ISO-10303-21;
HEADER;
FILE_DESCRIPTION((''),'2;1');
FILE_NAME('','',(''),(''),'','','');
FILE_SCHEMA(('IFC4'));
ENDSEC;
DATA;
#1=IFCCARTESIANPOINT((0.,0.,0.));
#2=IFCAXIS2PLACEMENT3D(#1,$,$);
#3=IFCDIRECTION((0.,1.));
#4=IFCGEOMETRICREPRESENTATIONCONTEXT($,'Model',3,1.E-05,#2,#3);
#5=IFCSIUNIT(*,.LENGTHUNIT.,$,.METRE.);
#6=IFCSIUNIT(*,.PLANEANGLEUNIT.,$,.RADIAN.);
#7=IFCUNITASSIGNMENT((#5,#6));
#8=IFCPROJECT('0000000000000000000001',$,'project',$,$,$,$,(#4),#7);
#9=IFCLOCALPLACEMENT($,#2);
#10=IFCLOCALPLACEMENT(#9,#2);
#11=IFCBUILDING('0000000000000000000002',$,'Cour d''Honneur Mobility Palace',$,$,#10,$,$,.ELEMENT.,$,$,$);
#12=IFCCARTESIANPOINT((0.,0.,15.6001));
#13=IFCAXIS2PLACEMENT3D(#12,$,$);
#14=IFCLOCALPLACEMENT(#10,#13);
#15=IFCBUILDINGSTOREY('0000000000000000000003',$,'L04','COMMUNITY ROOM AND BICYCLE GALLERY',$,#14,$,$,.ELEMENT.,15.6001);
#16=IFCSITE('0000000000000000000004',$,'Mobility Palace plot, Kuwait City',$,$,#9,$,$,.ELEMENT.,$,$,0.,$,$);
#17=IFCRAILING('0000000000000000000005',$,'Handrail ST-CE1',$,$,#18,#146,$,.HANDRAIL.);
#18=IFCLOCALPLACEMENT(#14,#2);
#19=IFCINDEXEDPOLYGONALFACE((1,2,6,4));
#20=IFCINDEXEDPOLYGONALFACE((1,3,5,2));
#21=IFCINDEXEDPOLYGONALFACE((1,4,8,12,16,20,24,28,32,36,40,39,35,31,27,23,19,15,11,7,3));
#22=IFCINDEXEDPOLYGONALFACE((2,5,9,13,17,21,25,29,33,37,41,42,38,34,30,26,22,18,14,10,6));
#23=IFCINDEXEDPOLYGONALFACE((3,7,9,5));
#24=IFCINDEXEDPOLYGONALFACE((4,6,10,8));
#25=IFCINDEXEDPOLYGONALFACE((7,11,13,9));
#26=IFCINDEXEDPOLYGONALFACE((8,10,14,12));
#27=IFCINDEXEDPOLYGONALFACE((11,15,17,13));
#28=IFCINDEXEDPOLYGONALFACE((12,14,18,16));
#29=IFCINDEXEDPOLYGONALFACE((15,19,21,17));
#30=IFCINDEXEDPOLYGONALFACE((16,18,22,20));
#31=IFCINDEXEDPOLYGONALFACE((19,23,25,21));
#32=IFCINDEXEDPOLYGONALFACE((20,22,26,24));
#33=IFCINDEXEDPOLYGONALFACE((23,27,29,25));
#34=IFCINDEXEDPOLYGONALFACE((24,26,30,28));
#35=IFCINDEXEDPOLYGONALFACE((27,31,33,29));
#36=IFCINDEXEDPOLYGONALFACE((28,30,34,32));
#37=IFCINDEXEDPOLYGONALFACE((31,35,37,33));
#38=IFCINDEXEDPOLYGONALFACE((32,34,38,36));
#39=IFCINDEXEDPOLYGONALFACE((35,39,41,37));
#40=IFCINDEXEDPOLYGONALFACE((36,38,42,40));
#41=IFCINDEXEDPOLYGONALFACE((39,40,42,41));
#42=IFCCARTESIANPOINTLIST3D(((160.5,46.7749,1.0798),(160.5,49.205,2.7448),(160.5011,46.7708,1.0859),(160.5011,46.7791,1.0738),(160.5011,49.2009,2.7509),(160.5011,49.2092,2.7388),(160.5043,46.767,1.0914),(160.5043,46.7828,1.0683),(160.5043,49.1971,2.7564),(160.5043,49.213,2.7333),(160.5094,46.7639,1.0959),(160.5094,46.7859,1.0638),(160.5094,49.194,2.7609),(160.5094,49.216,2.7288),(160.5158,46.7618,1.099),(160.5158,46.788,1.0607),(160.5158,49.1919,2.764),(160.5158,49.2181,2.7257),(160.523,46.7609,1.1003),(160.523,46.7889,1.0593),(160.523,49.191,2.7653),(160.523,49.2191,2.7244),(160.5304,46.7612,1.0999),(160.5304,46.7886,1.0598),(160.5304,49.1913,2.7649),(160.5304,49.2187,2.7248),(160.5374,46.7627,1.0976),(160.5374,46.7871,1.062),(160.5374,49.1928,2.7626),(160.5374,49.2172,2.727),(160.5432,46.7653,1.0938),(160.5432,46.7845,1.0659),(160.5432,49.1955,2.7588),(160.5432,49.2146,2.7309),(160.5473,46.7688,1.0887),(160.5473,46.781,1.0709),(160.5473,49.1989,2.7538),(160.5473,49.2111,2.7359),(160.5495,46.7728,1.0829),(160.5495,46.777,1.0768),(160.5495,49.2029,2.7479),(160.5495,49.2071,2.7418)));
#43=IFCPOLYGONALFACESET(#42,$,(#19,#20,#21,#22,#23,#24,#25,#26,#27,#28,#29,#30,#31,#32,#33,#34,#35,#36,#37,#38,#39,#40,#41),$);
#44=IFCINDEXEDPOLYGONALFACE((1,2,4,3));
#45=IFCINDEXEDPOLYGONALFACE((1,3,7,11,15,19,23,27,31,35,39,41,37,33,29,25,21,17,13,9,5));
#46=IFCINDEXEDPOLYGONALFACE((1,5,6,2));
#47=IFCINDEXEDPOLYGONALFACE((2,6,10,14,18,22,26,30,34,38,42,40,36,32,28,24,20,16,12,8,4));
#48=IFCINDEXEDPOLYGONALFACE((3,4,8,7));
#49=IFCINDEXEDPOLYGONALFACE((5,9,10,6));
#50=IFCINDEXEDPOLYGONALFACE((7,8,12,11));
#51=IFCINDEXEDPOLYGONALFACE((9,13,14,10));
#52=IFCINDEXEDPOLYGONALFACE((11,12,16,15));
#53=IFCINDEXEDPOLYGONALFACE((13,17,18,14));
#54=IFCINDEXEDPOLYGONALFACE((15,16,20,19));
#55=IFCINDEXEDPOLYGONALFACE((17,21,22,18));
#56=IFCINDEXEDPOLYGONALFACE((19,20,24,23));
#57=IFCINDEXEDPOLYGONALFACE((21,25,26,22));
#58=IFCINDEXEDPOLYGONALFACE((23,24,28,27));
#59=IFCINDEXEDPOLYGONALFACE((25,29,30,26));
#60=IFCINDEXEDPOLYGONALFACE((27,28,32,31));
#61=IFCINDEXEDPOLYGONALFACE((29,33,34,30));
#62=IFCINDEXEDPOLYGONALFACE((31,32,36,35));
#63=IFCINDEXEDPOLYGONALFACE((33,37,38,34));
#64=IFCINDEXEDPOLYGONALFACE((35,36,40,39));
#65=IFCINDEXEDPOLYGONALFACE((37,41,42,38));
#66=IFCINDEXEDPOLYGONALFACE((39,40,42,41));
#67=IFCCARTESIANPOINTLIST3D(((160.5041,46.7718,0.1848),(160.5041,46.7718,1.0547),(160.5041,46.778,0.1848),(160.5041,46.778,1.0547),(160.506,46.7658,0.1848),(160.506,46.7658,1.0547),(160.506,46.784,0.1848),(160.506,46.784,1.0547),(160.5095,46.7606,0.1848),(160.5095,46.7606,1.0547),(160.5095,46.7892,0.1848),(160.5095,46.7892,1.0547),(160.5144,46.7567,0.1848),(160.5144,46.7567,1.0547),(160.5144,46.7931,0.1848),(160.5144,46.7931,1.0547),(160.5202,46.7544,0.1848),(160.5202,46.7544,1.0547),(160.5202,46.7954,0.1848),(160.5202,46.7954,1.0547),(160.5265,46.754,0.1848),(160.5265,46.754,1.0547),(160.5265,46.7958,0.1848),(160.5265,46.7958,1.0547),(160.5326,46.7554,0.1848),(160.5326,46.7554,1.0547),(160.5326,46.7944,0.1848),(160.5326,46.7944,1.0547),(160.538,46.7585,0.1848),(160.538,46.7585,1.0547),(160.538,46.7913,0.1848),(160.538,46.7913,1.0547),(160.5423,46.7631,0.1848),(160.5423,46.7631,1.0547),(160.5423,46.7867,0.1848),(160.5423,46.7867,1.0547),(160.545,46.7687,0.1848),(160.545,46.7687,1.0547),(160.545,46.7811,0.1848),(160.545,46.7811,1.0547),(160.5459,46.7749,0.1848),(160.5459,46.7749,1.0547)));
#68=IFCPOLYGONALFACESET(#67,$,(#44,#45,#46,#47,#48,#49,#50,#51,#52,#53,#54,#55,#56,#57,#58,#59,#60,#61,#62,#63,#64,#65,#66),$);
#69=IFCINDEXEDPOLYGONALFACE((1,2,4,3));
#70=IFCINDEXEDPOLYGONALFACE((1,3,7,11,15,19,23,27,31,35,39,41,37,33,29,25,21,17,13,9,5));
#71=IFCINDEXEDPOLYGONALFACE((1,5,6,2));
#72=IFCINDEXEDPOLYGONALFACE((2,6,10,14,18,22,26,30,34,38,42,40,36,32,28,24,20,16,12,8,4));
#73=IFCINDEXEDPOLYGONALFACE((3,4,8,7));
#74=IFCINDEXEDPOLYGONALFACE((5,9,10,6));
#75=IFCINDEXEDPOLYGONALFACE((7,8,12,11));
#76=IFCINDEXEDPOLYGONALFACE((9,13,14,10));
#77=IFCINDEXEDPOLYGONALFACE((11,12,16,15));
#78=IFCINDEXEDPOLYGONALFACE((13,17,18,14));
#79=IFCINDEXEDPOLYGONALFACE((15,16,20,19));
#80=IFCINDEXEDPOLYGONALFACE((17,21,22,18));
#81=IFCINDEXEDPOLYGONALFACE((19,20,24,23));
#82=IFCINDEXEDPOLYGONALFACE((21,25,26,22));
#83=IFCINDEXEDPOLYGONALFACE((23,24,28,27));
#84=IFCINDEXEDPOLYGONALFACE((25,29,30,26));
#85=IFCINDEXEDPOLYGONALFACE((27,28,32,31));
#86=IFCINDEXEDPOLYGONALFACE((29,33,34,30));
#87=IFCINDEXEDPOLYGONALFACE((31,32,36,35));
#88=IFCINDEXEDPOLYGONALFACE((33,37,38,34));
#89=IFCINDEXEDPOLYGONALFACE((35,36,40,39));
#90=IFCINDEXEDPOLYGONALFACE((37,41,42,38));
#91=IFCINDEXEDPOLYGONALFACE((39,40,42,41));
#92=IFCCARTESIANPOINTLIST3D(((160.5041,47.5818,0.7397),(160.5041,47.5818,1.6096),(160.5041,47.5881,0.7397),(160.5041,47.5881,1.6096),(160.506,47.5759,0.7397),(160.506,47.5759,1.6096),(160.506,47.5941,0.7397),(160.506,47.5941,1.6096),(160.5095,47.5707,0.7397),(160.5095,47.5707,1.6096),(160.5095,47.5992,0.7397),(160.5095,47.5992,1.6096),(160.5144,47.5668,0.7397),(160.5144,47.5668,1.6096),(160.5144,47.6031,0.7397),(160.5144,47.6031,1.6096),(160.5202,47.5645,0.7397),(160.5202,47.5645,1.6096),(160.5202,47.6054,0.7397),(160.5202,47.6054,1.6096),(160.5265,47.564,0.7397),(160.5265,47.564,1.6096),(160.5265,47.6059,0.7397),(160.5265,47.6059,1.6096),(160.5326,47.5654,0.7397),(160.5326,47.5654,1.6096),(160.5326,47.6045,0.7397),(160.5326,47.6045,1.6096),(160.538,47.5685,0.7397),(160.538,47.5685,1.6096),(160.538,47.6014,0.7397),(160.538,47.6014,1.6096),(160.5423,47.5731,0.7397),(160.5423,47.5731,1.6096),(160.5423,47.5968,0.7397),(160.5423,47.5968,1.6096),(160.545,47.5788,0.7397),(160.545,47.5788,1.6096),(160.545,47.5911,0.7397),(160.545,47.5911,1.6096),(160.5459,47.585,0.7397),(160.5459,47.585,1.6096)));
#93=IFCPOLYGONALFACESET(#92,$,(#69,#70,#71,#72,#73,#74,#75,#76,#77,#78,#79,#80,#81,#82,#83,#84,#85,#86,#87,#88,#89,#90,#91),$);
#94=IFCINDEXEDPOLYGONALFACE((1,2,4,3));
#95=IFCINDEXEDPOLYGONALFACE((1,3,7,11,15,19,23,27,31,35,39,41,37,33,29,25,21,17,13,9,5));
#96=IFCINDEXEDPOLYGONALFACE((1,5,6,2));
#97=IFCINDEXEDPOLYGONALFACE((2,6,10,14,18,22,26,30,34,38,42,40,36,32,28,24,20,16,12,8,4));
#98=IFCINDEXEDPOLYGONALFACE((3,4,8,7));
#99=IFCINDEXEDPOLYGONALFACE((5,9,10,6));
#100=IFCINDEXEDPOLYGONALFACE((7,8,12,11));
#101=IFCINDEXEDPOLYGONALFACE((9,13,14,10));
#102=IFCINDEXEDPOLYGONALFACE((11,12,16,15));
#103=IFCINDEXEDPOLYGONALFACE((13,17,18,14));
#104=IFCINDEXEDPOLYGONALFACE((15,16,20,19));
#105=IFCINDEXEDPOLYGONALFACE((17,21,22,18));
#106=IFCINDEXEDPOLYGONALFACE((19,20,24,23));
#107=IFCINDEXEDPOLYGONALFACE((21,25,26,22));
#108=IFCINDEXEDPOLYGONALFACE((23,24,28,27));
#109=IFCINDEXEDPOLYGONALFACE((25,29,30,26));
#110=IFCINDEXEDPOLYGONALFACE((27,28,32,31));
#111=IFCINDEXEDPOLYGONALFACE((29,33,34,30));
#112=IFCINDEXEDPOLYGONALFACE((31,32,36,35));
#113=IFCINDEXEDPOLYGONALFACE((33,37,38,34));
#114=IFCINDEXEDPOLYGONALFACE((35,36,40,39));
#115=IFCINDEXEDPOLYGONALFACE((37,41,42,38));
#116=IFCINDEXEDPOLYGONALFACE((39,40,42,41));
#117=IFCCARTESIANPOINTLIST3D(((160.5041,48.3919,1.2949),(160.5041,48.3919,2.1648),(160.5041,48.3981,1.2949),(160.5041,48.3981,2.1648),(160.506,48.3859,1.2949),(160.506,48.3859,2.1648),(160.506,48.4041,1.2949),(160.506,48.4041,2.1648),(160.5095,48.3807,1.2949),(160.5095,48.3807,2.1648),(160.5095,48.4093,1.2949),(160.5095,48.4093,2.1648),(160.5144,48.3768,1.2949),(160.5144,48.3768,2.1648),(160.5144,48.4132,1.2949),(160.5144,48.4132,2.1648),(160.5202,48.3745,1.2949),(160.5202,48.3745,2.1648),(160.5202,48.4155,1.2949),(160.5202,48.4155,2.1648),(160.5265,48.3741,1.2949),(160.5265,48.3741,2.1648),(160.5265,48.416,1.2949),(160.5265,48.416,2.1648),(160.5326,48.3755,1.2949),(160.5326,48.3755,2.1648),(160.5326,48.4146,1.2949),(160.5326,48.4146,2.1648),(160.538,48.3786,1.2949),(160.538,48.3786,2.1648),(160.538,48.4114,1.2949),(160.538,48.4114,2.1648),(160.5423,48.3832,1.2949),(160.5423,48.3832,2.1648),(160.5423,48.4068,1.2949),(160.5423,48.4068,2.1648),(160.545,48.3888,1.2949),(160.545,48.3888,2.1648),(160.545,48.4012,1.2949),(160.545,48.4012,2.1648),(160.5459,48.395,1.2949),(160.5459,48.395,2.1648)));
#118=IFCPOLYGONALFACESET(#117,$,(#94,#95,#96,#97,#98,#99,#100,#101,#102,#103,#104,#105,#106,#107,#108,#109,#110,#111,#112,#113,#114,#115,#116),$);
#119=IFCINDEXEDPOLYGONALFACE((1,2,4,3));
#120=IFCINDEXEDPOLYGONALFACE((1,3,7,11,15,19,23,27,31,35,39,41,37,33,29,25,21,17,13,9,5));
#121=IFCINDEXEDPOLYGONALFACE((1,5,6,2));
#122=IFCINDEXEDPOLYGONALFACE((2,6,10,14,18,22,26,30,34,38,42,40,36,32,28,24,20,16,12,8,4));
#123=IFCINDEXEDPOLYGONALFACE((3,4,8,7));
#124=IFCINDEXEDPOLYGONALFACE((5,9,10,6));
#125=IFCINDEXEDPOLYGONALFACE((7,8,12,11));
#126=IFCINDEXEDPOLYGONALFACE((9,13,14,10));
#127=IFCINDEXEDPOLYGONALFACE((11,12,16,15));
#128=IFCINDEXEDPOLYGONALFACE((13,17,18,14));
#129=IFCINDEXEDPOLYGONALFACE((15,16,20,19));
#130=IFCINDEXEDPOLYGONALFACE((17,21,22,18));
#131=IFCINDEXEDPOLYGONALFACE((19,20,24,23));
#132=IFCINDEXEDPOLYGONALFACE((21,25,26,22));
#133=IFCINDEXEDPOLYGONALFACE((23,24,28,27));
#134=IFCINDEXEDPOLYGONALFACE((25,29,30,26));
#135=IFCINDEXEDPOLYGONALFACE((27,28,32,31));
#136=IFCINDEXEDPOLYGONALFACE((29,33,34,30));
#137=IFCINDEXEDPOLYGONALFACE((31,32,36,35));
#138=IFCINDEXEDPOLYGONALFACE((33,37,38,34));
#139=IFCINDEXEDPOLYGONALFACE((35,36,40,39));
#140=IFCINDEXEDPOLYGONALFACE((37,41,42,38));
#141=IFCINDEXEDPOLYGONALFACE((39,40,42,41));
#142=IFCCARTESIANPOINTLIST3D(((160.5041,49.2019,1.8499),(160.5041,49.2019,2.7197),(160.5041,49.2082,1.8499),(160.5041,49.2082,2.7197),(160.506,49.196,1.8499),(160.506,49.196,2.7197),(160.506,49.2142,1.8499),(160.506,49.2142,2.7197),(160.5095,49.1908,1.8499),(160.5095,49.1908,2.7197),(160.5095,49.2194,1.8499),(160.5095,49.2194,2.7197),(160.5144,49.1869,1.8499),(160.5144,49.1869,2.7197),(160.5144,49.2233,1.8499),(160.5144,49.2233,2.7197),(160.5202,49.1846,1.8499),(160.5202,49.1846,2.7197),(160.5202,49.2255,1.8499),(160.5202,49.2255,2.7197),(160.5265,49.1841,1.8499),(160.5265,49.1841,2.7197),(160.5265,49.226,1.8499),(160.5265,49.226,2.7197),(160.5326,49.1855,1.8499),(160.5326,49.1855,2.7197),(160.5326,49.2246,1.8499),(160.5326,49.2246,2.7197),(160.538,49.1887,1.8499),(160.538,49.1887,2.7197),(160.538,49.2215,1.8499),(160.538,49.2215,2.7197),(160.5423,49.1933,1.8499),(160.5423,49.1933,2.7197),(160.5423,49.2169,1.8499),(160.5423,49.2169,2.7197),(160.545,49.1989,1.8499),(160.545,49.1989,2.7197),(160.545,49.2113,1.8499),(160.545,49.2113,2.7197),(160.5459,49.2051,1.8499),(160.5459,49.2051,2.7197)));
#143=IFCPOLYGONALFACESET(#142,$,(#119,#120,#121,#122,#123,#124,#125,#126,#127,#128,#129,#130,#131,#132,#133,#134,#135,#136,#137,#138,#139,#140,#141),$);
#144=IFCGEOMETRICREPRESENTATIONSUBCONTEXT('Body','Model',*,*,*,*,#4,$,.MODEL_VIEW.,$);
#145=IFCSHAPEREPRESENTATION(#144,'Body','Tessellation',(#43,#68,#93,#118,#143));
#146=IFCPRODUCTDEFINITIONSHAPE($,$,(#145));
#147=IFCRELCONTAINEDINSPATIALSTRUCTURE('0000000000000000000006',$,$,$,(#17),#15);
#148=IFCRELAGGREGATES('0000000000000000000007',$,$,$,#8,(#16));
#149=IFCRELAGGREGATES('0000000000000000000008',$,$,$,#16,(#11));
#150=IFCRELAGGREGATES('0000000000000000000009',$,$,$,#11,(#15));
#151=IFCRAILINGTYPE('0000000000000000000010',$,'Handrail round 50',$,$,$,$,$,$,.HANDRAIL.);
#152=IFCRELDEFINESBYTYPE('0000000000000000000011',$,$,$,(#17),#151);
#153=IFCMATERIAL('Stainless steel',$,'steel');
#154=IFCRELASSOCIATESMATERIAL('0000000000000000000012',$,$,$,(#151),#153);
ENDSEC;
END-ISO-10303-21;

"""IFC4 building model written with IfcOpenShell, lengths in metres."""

from ifc_helpers import new_model, si_unit, direction, frame, origin, origin_2d, place, context, subcontext, project, spatial, circle, extrude, material, type_object, element, save


model = new_model("IFC4")

# Units and contexts
model_context = context("Model", 3, precision=1e-05, world=origin(), true_north=direction((0.0, 1.0)))
body_context = subcontext(model_context, "Body", "Model", "MODEL_VIEW")
ifc_project = project(units=[si_unit("LENGTHUNIT", "METRE"), si_unit("PLANEANGLEUNIT", "RADIAN")], contexts=[model_context])

# Site, building, storey
site_placement = place(None, origin())
site = spatial("IfcSite", under=ifc_project, at=site_placement, Name="Mobility Palace plot, Kuwait City", CompositionType="ELEMENT", RefElevation=0.0)
building_placement = place(site_placement, origin())
building = spatial("IfcBuilding", under=site, at=building_placement, Name="Cour d'Honneur Mobility Palace", CompositionType="ELEMENT")
storey_placement = place(building_placement, frame((0.0, 0.0, 15.6001)))
storey = spatial("IfcBuildingStorey", under=building, at=storey_placement, Name="L04", Description="COMMUNITY ROOM AND BICYCLE GALLERY", CompositionType="ELEMENT", Elevation=15.6001)

# Railing
ifc_material_1 = material(Name="Stainless steel", Category="steel")
railing_type_1 = type_object("IfcRailingType", Name="Handrail round 50", PredefinedType="HANDRAIL", material=ifc_material_1)
for number, where, name in (
    (1, (160.5249, 46.7749, 0.1848), "Handrail ST-CE1"),
):
    element("IfcRailing", number, at=place(storey_placement, frame(where)), inside=storey, type_object=railing_type_1, Name=name, PredefinedType="HANDRAIL", context=body_context, shape_type="SweptSolid", body=[
        extrude(circle(Radius=0.0249, at=origin_2d()), frame((0.0, 0.0, 0.895), z_axis=(0.0, 0.824945, 0.565213), x_axis=(-1.0, 0.0, 0.0)), (0.0, 0.0, 1.0), 2.9458),
        extrude(circle(Radius=0.021, at=origin_2d()), origin(), (0.0, 0.0, 1.0), 0.8699),
        extrude(circle(Radius=0.021, at=origin_2d()), frame((0.0, 0.8101, 0.5549)), (0.0, 0.0, 1.0), 0.8699),
        extrude(circle(Radius=0.021, at=origin_2d()), frame((0.0, 1.6201, 1.1101)), (0.0, 0.0, 1.0), 0.8699),
        extrude(circle(Radius=0.021, at=origin_2d()), frame((0.0, 2.4302, 1.665)), (0.0, 0.0, 1.0), 0.8699),
    ])

save(model, "model.ifc")
